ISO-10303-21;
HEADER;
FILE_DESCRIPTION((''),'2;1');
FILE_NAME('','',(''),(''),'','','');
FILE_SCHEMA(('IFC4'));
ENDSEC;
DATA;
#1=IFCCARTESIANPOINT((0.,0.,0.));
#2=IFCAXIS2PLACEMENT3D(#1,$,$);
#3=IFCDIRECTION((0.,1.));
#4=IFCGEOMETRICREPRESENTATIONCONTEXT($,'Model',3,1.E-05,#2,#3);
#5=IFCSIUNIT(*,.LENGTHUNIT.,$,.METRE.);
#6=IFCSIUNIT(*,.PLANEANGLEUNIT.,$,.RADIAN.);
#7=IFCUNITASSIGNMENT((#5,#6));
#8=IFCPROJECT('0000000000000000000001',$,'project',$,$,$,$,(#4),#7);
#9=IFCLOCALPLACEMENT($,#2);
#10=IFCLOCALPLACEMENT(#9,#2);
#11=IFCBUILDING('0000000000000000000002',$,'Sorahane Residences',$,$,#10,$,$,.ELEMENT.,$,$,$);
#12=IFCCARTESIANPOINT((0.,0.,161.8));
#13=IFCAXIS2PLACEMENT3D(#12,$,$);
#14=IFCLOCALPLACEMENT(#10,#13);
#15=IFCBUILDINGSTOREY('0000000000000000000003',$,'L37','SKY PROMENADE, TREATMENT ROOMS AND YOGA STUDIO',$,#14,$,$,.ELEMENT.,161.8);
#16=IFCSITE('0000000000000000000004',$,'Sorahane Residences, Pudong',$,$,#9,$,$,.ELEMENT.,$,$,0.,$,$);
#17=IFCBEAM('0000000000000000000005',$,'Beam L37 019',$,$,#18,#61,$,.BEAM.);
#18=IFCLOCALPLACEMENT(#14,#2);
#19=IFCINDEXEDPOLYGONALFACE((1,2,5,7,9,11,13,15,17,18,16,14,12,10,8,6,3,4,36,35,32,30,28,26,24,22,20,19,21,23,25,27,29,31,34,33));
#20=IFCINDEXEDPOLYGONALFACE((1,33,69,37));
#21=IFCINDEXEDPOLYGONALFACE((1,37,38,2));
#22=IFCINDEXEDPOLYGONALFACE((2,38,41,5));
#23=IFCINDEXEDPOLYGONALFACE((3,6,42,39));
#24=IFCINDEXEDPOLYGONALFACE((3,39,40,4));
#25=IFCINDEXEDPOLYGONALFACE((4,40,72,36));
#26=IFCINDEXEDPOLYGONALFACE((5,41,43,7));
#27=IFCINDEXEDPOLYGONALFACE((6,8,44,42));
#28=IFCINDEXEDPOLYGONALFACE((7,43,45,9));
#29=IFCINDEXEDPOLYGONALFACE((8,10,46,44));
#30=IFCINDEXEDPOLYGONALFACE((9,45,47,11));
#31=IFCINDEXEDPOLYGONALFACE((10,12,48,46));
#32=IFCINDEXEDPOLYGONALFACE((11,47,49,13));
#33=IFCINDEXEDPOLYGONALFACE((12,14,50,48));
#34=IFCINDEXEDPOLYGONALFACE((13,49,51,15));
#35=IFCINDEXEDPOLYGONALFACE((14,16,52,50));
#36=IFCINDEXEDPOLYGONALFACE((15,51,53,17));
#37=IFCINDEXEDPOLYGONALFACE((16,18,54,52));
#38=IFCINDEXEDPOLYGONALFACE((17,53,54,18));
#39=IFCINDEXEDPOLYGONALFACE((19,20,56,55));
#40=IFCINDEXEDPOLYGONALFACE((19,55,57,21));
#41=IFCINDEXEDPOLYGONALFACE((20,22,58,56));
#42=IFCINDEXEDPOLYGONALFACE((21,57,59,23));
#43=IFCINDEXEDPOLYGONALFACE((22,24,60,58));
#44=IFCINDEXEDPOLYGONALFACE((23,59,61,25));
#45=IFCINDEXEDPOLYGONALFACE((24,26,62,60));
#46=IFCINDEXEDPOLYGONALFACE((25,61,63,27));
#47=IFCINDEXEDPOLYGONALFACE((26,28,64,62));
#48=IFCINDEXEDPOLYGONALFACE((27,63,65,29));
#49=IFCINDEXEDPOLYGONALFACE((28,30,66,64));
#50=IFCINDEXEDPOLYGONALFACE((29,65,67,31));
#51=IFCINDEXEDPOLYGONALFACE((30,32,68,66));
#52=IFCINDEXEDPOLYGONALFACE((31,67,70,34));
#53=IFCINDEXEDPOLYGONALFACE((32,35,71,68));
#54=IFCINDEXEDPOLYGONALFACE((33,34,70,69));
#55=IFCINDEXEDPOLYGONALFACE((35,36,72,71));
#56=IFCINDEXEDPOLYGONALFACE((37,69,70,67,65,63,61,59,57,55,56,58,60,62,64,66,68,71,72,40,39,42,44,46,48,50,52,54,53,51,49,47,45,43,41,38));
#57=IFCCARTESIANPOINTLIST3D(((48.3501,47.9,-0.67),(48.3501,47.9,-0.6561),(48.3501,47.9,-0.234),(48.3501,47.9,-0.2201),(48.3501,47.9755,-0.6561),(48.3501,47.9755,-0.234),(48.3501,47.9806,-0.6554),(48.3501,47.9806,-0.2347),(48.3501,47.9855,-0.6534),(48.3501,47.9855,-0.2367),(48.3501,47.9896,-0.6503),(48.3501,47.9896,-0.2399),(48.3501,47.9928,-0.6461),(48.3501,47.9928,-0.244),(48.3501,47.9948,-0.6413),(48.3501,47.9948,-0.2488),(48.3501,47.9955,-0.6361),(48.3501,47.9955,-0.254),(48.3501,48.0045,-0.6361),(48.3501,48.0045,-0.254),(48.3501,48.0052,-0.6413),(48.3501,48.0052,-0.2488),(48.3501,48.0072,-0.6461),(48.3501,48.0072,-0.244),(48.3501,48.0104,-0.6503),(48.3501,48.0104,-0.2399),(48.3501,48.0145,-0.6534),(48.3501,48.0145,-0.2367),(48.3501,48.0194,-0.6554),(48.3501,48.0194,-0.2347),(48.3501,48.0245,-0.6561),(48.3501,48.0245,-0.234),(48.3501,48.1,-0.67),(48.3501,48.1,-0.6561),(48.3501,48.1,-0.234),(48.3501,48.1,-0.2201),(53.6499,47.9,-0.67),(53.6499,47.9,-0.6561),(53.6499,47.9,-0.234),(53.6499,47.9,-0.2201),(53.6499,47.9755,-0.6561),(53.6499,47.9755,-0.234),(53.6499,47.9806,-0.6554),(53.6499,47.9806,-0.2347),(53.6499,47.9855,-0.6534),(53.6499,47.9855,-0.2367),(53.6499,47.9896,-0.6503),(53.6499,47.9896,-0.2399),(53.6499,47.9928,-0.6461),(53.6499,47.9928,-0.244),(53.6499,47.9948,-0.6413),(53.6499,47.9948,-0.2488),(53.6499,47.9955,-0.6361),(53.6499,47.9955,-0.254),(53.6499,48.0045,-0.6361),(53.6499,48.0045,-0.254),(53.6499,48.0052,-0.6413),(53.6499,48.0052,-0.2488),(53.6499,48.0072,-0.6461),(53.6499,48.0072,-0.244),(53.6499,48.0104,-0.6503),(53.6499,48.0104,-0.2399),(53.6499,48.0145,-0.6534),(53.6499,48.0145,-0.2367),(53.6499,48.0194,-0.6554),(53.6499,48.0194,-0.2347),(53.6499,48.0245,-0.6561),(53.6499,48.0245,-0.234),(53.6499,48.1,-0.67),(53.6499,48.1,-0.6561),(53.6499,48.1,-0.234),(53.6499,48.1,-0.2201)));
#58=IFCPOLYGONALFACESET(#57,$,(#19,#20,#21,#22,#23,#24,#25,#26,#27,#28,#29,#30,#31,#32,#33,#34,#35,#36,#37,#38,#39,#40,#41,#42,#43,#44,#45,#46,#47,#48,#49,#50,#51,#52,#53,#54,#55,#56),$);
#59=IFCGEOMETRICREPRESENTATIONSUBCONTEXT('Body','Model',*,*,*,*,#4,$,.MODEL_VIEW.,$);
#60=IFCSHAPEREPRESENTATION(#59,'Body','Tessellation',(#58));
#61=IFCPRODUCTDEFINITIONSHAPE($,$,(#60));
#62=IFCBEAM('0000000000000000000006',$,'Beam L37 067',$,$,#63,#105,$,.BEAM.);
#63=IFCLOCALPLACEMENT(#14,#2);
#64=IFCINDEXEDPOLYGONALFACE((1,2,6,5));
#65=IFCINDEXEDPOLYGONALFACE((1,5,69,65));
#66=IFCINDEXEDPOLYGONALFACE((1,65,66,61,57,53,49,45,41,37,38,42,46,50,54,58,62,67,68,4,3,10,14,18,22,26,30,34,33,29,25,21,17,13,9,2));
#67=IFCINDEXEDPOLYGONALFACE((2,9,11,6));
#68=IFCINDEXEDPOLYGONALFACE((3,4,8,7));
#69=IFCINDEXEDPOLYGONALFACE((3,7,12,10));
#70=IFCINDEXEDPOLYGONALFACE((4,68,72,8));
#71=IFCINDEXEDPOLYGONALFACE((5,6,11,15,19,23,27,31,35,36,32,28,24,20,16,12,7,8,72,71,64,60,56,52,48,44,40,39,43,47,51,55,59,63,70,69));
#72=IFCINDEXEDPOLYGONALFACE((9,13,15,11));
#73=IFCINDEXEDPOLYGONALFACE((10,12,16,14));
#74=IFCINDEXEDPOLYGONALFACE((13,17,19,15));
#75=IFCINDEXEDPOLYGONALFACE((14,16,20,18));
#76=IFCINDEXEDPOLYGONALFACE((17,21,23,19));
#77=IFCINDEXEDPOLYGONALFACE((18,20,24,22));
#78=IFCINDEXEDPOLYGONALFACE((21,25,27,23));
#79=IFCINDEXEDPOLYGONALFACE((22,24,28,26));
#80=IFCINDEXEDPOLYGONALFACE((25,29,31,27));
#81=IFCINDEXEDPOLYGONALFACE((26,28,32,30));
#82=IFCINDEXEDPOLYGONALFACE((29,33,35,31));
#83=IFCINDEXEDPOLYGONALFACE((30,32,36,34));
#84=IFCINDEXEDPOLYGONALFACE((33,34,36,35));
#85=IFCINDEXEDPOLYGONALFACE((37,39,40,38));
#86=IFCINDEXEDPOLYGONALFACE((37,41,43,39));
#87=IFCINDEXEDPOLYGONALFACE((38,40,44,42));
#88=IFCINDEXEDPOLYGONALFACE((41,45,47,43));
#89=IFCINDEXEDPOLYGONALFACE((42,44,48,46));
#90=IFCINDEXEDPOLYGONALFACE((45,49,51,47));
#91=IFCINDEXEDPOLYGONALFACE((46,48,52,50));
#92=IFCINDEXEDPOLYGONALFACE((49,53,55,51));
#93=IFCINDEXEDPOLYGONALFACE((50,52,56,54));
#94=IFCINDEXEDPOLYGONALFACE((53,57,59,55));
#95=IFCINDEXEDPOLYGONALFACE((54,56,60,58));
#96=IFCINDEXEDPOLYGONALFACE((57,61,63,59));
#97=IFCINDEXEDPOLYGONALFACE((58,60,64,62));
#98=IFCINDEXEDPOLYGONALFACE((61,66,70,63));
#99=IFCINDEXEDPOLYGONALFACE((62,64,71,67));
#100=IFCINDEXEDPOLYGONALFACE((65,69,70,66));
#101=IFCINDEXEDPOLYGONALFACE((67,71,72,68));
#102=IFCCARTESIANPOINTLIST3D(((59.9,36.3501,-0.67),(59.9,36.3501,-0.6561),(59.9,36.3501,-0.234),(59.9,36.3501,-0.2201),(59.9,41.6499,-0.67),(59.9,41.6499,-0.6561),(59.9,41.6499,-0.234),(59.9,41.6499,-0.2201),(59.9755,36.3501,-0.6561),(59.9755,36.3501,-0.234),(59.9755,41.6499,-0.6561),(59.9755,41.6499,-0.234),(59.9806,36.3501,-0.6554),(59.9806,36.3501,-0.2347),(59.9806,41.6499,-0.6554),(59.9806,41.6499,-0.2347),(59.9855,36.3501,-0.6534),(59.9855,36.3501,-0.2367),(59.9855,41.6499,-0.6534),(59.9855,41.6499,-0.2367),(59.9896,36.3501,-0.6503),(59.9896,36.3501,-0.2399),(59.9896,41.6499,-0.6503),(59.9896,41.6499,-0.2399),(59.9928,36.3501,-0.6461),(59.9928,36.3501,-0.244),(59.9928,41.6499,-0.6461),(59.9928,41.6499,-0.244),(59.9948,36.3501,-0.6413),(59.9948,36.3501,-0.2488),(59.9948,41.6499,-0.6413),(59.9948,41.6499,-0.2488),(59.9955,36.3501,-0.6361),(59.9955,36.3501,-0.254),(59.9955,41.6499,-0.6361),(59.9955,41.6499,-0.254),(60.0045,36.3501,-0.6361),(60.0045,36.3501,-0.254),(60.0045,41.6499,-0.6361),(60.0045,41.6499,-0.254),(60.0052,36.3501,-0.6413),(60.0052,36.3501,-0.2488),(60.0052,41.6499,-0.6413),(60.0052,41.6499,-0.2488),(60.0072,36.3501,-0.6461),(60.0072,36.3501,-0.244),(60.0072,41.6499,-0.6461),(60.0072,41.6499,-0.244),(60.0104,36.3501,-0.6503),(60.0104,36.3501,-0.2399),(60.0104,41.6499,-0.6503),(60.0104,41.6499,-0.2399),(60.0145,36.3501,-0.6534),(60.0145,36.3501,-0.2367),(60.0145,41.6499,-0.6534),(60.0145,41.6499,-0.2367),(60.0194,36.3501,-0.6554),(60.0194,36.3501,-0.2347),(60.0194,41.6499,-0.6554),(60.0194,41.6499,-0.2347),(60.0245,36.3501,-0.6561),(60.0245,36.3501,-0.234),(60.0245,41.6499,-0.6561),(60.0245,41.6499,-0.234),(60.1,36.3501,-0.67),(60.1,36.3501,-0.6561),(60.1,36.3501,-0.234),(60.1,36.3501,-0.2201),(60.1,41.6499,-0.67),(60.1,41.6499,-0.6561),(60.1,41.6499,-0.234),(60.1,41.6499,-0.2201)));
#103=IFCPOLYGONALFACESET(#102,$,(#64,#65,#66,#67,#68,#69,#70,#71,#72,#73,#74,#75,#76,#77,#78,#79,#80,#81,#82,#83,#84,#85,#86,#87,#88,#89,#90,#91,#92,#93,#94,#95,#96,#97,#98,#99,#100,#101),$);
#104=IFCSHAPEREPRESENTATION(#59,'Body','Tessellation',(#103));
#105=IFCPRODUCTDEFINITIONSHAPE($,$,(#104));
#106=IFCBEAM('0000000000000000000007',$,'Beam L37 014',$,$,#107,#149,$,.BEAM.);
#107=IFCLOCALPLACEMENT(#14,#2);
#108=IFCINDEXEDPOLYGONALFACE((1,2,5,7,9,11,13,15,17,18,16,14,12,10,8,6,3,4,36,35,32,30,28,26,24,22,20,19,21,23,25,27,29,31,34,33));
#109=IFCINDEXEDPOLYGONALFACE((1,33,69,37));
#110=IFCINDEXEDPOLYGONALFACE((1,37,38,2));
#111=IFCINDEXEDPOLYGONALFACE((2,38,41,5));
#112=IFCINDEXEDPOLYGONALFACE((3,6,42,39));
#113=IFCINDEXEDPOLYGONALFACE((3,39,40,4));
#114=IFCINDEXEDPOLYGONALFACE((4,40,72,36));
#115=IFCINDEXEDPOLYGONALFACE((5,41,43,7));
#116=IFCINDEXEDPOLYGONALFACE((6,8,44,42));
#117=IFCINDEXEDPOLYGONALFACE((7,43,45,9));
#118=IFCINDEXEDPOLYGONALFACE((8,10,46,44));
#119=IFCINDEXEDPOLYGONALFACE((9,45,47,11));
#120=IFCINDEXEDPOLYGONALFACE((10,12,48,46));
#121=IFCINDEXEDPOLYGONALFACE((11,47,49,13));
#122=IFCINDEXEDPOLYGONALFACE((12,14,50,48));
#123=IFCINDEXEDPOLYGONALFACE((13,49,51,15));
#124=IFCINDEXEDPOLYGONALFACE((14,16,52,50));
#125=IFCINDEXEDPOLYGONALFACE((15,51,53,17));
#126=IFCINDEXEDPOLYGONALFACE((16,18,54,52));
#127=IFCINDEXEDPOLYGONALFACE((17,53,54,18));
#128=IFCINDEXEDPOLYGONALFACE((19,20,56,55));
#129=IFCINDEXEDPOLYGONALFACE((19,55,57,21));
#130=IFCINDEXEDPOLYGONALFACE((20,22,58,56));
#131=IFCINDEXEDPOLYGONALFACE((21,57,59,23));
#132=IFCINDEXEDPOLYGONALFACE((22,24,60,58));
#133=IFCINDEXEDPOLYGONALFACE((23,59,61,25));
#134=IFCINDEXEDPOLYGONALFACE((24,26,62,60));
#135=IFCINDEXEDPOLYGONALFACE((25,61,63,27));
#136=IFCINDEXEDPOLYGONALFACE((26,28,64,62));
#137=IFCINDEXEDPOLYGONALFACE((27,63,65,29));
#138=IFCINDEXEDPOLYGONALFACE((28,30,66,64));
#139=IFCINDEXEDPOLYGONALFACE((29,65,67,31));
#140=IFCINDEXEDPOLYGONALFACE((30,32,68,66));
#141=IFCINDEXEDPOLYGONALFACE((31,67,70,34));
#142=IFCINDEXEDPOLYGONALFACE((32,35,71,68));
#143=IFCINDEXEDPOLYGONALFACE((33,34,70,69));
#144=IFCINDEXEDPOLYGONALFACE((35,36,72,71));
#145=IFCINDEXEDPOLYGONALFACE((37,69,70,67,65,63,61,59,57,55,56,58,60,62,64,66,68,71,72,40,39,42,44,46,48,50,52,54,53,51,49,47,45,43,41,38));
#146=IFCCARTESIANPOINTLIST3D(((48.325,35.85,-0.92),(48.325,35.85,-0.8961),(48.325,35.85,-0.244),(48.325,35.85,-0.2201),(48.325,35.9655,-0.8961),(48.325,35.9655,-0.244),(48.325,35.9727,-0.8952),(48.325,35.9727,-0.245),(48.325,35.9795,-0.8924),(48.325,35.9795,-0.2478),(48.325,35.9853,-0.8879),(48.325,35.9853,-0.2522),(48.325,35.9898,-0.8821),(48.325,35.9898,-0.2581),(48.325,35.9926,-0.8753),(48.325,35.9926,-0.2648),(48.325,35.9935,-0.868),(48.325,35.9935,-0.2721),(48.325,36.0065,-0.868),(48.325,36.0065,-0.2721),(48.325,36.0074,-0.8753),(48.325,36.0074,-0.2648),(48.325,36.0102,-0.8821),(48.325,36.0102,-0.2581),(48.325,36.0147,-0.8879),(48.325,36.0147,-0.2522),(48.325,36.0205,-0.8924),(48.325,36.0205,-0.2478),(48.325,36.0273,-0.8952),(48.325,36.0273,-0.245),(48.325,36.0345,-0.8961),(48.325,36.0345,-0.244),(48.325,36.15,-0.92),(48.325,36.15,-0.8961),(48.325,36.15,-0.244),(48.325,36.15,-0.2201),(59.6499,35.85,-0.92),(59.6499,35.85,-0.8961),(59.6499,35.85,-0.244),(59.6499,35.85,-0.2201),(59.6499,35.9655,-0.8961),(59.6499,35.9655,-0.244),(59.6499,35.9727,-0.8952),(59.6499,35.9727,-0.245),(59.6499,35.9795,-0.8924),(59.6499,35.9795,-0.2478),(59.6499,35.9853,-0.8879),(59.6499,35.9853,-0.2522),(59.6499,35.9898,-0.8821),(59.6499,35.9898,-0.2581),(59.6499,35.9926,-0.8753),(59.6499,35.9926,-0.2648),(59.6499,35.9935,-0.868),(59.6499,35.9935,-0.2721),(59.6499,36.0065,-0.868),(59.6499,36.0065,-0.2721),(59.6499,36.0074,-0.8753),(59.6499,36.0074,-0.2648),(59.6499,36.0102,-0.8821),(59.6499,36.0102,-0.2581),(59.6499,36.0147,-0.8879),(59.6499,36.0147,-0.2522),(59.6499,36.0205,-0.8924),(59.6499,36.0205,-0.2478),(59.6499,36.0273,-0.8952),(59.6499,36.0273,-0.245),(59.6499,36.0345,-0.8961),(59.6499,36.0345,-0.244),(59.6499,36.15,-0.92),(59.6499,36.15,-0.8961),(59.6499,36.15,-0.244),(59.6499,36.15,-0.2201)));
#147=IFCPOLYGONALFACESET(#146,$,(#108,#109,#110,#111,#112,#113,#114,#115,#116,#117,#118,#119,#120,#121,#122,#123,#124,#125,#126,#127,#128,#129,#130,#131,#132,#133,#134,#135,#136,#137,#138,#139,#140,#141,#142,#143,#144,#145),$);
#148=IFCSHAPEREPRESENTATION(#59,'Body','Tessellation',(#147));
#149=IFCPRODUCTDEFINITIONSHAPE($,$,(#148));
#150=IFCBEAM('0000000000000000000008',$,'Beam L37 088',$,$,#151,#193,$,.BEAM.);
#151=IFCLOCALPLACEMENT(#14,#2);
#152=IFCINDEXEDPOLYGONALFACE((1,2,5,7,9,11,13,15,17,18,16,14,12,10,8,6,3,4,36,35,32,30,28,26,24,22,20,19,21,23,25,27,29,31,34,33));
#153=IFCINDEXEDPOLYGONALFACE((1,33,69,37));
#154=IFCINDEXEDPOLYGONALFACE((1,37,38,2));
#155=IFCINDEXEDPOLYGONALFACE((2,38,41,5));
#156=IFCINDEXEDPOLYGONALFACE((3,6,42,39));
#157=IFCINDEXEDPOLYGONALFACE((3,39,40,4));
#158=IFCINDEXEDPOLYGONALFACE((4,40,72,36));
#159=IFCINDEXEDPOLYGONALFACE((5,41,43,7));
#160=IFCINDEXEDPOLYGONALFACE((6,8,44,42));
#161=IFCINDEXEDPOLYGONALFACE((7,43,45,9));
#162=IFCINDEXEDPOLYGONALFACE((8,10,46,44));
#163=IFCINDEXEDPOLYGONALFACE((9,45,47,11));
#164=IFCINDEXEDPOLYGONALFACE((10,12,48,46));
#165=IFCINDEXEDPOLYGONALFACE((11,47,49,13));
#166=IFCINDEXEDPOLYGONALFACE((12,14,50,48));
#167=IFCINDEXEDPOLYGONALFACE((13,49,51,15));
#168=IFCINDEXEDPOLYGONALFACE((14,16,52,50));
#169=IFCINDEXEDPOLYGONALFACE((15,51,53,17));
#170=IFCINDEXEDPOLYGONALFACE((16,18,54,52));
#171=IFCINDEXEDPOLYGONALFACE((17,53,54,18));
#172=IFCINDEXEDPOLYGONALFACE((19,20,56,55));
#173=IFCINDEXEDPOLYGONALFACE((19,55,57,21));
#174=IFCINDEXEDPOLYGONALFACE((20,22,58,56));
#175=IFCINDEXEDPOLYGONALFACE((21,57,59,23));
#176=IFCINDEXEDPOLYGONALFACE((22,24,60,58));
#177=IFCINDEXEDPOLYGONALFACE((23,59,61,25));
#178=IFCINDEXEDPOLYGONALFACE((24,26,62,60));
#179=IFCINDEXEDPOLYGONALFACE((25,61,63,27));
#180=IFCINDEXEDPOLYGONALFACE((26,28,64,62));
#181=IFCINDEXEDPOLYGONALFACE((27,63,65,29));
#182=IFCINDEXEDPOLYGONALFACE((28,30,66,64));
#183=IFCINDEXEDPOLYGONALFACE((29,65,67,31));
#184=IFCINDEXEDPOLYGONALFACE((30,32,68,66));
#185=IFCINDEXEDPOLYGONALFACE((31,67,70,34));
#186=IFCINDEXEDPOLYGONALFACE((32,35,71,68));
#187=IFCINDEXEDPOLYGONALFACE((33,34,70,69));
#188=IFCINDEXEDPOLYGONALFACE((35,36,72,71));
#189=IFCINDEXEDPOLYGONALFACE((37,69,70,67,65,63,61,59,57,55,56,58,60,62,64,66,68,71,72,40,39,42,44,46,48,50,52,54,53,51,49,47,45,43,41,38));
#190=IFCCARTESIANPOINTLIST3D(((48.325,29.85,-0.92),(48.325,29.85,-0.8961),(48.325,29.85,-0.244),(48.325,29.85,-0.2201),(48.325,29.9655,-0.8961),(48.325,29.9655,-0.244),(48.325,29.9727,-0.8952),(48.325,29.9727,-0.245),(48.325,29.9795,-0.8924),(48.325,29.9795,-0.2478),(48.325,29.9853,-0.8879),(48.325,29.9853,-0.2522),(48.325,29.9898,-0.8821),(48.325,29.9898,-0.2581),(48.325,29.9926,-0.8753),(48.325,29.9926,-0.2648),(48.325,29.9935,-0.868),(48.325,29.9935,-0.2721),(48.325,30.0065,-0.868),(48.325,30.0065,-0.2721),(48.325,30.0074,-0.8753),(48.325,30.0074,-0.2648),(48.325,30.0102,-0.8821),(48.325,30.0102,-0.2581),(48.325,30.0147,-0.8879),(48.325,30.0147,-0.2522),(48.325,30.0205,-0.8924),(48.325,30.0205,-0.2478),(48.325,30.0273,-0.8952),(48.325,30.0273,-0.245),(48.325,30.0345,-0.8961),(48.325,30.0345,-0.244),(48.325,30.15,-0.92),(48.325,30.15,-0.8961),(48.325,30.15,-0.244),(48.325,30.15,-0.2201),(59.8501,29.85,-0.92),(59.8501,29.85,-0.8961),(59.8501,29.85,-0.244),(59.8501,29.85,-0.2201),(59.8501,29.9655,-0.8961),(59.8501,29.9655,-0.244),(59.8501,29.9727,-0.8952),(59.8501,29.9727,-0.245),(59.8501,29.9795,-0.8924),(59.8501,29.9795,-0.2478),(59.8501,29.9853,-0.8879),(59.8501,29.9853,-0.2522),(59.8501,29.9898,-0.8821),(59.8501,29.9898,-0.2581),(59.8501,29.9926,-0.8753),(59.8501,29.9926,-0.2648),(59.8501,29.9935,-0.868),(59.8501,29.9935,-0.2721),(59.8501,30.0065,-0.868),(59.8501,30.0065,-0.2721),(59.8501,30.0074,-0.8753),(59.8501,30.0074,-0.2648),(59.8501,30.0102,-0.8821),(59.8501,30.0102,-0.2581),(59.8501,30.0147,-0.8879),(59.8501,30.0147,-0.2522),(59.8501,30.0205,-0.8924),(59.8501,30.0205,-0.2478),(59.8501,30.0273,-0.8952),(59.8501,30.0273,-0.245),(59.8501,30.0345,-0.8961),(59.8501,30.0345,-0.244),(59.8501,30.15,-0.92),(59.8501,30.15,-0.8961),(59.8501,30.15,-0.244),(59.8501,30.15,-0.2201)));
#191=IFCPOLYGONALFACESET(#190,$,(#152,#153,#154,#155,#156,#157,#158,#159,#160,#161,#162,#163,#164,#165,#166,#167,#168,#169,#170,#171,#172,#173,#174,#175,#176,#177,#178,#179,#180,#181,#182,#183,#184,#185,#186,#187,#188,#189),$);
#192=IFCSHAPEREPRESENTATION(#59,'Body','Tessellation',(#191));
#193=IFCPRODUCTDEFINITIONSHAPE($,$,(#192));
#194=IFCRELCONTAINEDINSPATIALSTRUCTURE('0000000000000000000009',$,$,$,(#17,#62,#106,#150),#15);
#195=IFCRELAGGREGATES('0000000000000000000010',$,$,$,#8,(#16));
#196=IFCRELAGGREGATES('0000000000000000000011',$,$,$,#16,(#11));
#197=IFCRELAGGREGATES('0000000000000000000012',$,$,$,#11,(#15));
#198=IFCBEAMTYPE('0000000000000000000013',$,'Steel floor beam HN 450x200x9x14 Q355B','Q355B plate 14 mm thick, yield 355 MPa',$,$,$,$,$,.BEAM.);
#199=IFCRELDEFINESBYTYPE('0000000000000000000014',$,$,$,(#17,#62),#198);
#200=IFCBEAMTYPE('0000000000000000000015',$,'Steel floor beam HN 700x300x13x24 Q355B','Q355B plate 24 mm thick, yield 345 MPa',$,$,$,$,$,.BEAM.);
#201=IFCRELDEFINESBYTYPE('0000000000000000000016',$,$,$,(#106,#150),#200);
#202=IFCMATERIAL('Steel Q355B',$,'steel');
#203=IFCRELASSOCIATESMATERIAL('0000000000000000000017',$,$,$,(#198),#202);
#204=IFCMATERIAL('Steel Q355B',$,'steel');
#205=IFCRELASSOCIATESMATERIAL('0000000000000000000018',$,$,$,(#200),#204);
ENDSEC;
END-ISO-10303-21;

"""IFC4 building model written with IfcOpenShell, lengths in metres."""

from ifc_helpers import new_model, si_unit, direction, frame, origin, origin_2d, place, context, subcontext, project, spatial, i_section, extrude, material, material_profile, profile_set, type_object, element, save


model = new_model("IFC4")

# Units and contexts
model_context = context("Model", 3, precision=1e-05, world=origin(), true_north=direction((0.0, 1.0)))
body_context = subcontext(model_context, "Body", "Model", "MODEL_VIEW")
ifc_project = project(units=[si_unit("LENGTHUNIT", "METRE"), si_unit("PLANEANGLEUNIT", "RADIAN")], contexts=[model_context])

# Site, building, storey
site_placement = place(None, origin())
site = spatial("IfcSite", under=ifc_project, at=site_placement, Name="Sorahane Residences, Pudong", CompositionType="ELEMENT", RefElevation=0.0)
building_placement = place(site_placement, origin())
building = spatial("IfcBuilding", under=site, at=building_placement, Name="Sorahane Residences", CompositionType="ELEMENT")
storey_placement = place(building_placement, frame((0.0, 0.0, 161.8)))
storey = spatial("IfcBuildingStorey", under=building, at=storey_placement, Name="L37", Description="SKY PROMENADE, TREATMENT ROOMS AND YOGA STUDIO", CompositionType="ELEMENT", Elevation=161.8)

# Beams
ifc_material_1 = material(Name="Steel Q355B", Category="steel")
ifc_material_profile_1 = material_profile(ifc_material_1, i_section(OverallWidth=0.2, OverallDepth=0.45, WebThickness=0.009, FlangeThickness=0.0139, FilletRadius=0.02, at=origin_2d()), Name="HN 450x200x9x14")
ifc_profile_set_1 = profile_set([ifc_material_profile_1], Name="Steel Q355B")
beam_type_1 = type_object("IfcBeamType", Name="Steel floor beam HN 450x200x9x14 Q355B", Description="Q355B plate 14 mm thick, yield 355 MPa", PredefinedType="BEAM", material=ifc_profile_set_1)
for number, where, z_axis, x_axis, name in (
    (1, (48.3501, 48.0, -0.4451), (1.0, 0.0, 0.0), (0.0, 1.0, 0.0), "Beam L37 019"),
    (2, (60.0, 36.3501, -0.4451), (0.0, 1.0, 0.0), (-1.0, 0.0, 0.0), "Beam L37 067"),
):
    element("IfcBeam", number, at=place(storey_placement, frame(where, z_axis=z_axis, x_axis=x_axis)), inside=storey, type_object=beam_type_1, Name=name, PredefinedType="BEAM", context=body_context, shape_type="SweptSolid", body=[
        extrude(i_section(OverallWidth=0.2, OverallDepth=0.45, WebThickness=0.009, FlangeThickness=0.0139, FilletRadius=0.02, at=origin_2d()), origin(), (0.0, 0.0, 1.0), 5.2998),
    ])
ifc_material_2 = material(Name="Steel Q355B", Category="steel")
ifc_material_profile_2 = material_profile(ifc_material_2, i_section(OverallWidth=0.3, OverallDepth=0.7, WebThickness=0.0129, FlangeThickness=0.0239, FilletRadius=0.0281, at=origin_2d()), Name="HN 700x300x13x24")
ifc_profile_set_2 = profile_set([ifc_material_profile_2], Name="Steel Q355B")
beam_type_2 = type_object("IfcBeamType", Name="Steel floor beam HN 700x300x13x24 Q355B", Description="Q355B plate 24 mm thick, yield 345 MPa", PredefinedType="BEAM", material=ifc_profile_set_2)
beam_1_placement = place(storey_placement, frame((48.325, 36.0, -0.5701), z_axis=(1.0, 0.0, 0.0), x_axis=(0.0, 1.0, 0.0)))
element("IfcBeam", 3, at=beam_1_placement, inside=storey, type_object=beam_type_2, Name="Beam L37 014", PredefinedType="BEAM", context=body_context, shape_type="SweptSolid", body=[
    extrude(i_section(OverallWidth=0.3, OverallDepth=0.7, WebThickness=0.0129, FlangeThickness=0.0239, FilletRadius=0.0281, at=origin_2d()), origin(), (0.0, 0.0, 1.0), 11.325),
])
beam_2_placement = place(storey_placement, frame((48.325, 30.0, -0.5701), z_axis=(1.0, 0.0, 0.0), x_axis=(0.0, 1.0, 0.0)))
element("IfcBeam", 4, at=beam_2_placement, inside=storey, type_object=beam_type_2, Name="Beam L37 088", PredefinedType="BEAM", context=body_context, shape_type="SweptSolid", body=[
    extrude(i_section(OverallWidth=0.3, OverallDepth=0.7, WebThickness=0.0129, FlangeThickness=0.0239, FilletRadius=0.0281, at=origin_2d()), origin(), (0.0, 0.0, 1.0), 11.5251),
])

save(model, "model.ifc")
